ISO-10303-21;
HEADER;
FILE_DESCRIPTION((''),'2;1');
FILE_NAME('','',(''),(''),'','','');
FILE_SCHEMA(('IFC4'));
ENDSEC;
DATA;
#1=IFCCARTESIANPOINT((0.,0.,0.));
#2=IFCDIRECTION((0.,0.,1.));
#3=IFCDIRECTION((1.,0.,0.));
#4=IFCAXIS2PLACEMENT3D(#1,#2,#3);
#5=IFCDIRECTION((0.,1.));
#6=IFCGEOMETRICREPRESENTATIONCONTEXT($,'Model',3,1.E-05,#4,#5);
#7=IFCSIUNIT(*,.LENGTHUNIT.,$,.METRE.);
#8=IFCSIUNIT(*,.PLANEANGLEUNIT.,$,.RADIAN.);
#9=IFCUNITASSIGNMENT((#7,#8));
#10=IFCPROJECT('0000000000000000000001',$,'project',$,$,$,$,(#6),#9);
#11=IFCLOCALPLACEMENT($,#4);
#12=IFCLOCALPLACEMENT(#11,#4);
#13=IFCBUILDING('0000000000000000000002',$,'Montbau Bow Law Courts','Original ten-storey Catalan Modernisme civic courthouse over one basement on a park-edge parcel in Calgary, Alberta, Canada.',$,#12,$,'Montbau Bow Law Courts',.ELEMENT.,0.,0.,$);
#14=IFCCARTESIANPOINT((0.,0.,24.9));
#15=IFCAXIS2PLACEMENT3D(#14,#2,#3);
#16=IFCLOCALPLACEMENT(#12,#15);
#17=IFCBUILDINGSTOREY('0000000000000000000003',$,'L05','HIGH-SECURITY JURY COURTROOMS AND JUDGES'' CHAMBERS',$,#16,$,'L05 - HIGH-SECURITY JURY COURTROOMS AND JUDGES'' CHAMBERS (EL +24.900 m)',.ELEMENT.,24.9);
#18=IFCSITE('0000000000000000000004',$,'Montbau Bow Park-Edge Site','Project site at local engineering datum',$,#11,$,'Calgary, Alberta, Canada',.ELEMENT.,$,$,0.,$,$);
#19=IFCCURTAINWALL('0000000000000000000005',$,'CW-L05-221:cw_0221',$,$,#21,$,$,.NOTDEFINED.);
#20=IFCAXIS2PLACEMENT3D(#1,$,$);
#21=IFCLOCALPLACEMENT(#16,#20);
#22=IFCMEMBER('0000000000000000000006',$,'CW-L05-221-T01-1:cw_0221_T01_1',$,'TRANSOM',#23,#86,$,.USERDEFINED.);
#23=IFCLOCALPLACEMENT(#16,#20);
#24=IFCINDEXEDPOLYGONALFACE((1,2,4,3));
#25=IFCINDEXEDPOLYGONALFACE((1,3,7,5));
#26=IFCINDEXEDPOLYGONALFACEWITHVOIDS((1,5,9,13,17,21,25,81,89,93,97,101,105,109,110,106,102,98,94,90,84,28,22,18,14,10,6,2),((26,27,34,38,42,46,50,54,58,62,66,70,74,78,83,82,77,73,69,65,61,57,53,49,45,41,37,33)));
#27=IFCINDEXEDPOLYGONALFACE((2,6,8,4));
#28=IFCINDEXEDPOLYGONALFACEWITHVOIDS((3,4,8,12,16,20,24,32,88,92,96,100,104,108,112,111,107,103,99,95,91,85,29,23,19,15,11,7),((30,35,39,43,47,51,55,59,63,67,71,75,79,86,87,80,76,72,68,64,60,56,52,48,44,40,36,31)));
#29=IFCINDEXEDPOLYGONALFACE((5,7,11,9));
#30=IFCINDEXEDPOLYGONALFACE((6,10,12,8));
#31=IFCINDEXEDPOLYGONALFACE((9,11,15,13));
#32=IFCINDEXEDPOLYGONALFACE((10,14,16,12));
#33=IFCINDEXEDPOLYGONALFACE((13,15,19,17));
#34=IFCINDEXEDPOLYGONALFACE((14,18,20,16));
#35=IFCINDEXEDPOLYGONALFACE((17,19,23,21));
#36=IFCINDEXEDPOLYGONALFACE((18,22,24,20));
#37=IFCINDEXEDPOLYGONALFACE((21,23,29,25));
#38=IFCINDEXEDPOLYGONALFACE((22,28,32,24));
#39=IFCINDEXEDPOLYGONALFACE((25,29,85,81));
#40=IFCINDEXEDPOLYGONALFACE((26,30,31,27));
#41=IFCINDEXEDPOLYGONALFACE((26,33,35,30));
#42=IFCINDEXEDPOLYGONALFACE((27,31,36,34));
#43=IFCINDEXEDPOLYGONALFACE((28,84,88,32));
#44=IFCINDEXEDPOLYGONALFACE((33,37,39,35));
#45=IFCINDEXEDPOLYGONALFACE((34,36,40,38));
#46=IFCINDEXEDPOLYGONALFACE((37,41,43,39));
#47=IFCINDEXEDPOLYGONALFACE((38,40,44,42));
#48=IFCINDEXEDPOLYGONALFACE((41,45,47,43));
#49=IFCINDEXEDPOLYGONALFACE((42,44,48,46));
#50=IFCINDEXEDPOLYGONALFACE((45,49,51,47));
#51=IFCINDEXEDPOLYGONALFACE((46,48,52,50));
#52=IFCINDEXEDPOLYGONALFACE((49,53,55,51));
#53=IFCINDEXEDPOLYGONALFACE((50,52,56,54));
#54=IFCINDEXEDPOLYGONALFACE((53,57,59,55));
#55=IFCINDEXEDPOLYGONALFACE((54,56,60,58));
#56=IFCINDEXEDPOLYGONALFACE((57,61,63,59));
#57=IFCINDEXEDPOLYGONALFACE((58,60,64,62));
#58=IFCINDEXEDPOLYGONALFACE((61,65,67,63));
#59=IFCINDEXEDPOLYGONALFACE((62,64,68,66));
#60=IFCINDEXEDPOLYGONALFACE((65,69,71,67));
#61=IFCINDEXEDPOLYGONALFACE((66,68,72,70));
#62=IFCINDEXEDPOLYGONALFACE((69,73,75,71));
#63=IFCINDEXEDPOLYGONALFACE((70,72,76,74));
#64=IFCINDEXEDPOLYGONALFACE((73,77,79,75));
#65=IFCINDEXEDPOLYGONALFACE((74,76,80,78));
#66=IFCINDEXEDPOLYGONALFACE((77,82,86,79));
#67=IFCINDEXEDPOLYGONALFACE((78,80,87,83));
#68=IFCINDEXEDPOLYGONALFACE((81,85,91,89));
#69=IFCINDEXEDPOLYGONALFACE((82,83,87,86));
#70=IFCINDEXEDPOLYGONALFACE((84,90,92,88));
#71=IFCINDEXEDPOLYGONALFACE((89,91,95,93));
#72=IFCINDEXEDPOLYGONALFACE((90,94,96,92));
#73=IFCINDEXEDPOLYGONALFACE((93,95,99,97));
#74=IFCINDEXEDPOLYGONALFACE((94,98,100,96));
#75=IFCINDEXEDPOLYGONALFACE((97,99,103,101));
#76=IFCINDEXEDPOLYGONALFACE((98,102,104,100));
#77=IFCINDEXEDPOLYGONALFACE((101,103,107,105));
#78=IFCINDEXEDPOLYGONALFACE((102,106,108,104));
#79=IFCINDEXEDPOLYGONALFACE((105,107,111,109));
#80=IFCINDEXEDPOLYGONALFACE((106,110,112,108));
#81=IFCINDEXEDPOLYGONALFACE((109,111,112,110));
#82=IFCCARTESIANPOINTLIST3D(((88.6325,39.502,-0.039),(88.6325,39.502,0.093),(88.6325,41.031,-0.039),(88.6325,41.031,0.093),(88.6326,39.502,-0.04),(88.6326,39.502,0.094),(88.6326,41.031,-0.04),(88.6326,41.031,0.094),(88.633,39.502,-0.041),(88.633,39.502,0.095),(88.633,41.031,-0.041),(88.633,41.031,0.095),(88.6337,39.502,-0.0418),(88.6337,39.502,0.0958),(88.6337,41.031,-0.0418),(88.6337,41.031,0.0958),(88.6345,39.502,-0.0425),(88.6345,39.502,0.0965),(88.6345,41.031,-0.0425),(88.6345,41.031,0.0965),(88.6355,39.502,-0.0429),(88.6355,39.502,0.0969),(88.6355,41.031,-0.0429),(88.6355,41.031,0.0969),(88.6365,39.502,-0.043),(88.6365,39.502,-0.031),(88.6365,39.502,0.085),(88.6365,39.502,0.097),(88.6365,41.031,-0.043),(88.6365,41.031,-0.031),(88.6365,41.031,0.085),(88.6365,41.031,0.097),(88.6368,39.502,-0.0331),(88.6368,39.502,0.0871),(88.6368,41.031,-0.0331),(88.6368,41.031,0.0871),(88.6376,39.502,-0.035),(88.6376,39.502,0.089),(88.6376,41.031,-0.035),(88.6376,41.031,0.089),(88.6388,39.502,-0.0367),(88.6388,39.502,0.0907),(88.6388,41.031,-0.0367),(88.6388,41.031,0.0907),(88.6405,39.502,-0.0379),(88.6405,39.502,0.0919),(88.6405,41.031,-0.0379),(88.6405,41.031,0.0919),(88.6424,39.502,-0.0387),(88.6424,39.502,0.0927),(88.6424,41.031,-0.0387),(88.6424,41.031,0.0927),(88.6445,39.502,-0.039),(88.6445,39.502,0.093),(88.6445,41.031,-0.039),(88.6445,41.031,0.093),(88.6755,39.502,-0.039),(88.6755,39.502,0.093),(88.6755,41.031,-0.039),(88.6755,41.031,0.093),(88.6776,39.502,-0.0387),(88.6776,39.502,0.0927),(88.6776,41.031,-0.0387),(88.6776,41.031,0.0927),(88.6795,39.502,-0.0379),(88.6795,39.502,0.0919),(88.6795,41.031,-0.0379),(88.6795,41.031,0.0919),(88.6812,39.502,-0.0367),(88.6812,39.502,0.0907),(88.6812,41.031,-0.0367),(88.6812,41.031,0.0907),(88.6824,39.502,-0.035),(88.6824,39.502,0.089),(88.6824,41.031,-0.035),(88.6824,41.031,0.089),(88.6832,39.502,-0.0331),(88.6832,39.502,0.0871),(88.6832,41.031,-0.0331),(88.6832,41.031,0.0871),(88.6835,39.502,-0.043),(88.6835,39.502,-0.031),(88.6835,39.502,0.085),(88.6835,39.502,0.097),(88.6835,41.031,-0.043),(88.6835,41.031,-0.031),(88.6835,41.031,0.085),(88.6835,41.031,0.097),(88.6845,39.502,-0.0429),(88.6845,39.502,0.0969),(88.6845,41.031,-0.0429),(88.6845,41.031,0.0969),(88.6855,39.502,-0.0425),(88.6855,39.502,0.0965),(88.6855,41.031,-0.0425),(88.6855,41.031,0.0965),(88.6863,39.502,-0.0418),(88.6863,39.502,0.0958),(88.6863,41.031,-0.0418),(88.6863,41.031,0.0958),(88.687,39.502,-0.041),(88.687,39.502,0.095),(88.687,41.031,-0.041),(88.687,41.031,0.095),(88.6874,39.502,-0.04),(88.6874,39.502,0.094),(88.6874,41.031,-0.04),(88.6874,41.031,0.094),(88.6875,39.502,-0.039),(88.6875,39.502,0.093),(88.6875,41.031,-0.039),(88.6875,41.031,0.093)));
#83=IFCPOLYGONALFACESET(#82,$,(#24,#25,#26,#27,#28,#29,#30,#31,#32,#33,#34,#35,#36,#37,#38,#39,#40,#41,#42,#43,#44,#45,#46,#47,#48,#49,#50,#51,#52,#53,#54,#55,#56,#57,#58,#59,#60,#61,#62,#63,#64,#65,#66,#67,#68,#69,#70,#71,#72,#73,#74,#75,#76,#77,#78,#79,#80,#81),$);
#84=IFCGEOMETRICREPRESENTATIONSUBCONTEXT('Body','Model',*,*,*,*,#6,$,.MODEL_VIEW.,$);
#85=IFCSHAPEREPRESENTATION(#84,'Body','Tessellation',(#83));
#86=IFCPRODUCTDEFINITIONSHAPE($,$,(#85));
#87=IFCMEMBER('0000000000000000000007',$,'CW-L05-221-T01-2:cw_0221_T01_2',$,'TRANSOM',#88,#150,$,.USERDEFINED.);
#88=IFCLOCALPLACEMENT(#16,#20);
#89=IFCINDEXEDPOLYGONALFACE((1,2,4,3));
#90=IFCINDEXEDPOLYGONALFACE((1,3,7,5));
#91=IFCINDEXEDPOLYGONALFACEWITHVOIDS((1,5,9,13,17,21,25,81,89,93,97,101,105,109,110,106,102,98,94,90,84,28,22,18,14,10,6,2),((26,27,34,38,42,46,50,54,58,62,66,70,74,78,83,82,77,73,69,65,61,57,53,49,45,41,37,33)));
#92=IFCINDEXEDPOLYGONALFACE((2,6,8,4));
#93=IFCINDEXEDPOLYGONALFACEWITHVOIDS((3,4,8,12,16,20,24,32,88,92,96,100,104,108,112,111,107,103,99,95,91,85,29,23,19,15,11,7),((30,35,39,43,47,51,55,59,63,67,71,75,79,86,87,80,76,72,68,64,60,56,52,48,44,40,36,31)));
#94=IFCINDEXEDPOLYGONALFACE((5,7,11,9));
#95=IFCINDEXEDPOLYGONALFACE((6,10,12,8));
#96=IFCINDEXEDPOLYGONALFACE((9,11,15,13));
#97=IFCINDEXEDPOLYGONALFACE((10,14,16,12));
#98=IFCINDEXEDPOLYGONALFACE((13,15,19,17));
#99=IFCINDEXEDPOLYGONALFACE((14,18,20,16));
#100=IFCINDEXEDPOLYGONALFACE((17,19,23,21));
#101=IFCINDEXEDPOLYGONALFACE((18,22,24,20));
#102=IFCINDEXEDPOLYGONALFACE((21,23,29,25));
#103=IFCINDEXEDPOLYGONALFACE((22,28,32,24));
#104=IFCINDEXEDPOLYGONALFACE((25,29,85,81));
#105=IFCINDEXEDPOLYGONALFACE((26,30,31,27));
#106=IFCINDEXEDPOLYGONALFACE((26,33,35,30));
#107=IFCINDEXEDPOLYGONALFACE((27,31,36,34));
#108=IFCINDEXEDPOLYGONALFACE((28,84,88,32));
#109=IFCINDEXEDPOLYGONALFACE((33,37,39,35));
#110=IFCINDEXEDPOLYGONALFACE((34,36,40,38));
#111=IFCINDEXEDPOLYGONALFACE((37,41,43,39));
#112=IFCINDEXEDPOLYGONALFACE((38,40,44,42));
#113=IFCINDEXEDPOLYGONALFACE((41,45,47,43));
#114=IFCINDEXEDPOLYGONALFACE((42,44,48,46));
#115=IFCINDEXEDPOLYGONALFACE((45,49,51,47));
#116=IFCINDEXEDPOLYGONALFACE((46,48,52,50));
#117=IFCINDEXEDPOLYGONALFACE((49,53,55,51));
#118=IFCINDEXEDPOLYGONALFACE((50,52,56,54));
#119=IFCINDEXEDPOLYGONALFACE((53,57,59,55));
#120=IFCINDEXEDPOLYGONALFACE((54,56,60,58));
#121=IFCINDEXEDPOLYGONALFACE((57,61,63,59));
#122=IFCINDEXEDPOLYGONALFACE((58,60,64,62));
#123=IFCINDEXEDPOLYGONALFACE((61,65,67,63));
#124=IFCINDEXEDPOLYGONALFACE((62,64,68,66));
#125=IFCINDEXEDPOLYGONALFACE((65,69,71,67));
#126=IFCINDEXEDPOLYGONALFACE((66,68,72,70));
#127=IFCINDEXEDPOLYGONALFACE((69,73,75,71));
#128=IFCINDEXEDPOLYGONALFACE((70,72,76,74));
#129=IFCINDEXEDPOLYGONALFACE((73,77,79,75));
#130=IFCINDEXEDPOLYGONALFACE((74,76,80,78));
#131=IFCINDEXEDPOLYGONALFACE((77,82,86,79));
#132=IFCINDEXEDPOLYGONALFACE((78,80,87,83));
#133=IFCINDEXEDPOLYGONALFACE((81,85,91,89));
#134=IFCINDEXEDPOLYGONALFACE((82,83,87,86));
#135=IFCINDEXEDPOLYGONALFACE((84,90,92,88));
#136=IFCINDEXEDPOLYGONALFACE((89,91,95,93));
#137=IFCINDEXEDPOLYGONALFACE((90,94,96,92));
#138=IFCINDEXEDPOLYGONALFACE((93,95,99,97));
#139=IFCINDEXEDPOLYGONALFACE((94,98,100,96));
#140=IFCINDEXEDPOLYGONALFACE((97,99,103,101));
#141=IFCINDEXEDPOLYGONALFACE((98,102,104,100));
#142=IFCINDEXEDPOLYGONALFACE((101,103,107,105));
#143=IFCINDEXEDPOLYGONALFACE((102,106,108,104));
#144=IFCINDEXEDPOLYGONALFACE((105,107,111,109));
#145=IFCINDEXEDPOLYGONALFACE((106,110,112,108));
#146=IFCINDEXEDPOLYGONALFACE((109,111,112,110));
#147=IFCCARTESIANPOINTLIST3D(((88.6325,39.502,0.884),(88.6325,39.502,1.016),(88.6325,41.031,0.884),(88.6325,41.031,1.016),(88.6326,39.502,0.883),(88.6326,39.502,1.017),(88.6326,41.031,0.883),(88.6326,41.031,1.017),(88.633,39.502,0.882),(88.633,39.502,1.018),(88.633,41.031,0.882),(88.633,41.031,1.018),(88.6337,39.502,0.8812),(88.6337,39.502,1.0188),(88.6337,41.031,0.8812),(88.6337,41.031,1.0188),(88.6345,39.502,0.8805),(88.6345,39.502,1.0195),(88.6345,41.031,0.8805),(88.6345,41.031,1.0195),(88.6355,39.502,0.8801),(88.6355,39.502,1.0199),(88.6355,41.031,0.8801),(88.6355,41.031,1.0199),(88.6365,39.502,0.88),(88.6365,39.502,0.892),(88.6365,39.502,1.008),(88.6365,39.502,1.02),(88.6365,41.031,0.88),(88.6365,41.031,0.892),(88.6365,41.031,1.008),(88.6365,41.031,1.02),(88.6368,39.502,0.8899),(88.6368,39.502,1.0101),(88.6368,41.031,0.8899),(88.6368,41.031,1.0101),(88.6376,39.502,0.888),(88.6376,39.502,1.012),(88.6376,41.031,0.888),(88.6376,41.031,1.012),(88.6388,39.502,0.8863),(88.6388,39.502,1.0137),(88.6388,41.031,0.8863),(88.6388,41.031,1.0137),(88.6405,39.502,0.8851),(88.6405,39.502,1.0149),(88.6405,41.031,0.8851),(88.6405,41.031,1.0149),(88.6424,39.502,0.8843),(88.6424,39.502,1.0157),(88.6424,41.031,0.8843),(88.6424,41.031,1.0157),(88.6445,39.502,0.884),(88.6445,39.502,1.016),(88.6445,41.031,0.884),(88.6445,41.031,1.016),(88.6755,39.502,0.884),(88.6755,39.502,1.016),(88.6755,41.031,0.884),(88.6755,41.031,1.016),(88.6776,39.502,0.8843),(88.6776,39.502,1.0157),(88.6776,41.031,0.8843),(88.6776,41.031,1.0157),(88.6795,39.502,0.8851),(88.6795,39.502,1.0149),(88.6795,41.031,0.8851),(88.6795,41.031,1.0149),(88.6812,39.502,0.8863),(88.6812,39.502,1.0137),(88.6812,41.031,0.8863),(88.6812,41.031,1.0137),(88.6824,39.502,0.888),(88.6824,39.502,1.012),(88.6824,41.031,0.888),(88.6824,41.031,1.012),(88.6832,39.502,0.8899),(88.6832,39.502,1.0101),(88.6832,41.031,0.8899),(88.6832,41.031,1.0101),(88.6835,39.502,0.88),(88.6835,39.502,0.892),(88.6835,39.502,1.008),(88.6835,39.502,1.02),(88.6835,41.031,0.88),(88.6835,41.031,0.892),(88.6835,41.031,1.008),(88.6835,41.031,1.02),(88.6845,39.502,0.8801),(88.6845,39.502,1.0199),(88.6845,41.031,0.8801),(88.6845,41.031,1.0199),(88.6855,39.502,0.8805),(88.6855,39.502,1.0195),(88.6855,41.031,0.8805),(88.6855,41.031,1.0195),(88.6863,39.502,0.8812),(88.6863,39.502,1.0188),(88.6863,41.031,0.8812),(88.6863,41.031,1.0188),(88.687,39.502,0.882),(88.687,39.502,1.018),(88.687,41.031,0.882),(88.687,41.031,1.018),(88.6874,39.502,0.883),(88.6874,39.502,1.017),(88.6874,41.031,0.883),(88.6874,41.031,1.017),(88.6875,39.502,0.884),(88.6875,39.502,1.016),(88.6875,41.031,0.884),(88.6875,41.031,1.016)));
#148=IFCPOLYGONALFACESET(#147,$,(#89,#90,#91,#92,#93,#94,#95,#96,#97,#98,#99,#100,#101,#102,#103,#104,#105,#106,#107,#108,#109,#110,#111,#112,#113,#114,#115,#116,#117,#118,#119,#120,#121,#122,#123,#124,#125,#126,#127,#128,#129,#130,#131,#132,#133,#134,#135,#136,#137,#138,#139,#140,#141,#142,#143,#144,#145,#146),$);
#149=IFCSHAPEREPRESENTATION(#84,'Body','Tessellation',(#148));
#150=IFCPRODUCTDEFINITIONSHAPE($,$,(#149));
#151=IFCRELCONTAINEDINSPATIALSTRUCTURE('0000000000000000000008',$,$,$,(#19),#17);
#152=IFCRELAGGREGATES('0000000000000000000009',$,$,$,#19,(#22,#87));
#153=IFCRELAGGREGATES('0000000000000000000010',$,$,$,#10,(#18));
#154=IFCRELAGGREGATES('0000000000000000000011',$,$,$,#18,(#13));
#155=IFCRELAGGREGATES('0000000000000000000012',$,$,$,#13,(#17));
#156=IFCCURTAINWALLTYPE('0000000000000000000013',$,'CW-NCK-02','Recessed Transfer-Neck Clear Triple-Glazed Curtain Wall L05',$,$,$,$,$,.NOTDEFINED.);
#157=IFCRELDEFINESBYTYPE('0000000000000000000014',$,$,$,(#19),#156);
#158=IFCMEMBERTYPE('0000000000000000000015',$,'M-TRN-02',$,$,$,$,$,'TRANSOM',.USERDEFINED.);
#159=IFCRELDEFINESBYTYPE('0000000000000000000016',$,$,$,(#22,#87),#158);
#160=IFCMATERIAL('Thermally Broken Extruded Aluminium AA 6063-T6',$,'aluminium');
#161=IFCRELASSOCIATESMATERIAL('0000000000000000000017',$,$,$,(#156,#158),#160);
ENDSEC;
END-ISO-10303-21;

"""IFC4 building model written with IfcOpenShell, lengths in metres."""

from ifc_helpers import new_model, si_unit, direction, frame, origin_with_axes, origin_2d_with_axis, place, context, subcontext, project, spatial, hollow_rectangle, extrude, material, material_profile, profile_set, type_object, element, aggregate, save


model = new_model("IFC4")

# Units and contexts
model_context = context("Model", 3, precision=1e-05, world=origin_with_axes(), true_north=direction((0.0, 1.0)))
body_context = subcontext(model_context, "Body", "Model", "MODEL_VIEW")
ifc_project = project(units=[si_unit("LENGTHUNIT", "METRE"), si_unit("PLANEANGLEUNIT", "RADIAN")], contexts=[model_context])

# Site, building, storey
site_placement = place(None, origin_with_axes())
site = spatial("IfcSite", under=ifc_project, at=site_placement, Name="Montbau Bow Park-Edge Site", Description="Project site at local engineering datum", LongName="Calgary, Alberta, Canada", CompositionType="ELEMENT", RefElevation=0.0)
building_placement = place(site_placement, origin_with_axes())
building = spatial("IfcBuilding", under=site, at=building_placement, Name="Montbau Bow Law Courts", Description="Original ten-storey Catalan Modernisme civic courthouse over one basement on a park-edge parcel in Calgary, Alberta, Canada.", LongName="Montbau Bow Law Courts", CompositionType="ELEMENT", ElevationOfRefHeight=0.0, ElevationOfTerrain=0.0)
storey_placement = place(building_placement, frame((0.0, 0.0, 24.9), z_axis=(0.0, 0.0, 1.0), x_axis=(1.0, 0.0, 0.0)))
storey = spatial("IfcBuildingStorey", under=building, at=storey_placement, Name="L05", Description="HIGH-SECURITY JURY COURTROOMS AND JUDGES' CHAMBERS", LongName="L05 - HIGH-SECURITY JURY COURTROOMS AND JUDGES' CHAMBERS (EL +24.900 m)", CompositionType="ELEMENT", Elevation=24.9)

# Shared definitions
ifc_material_1 = material(Name="Thermally Broken Extruded Aluminium AA 6063-T6", Category="aluminium")
curtain_wall_type = type_object("IfcCurtainWallType", Name="CW-NCK-02", Description="Recessed Transfer-Neck Clear Triple-Glazed Curtain Wall L05", PredefinedType="NOTDEFINED", material=ifc_material_1)

# Curtain wall
curtain_wall_1_placement = place(None, frame((88.66, 39.44, 24.9), z_axis=(0.0, 0.0, 1.0), x_axis=(1.0, 0.0, 0.0)))
curtain_wall_1 = element("IfcCurtainWall", 1, at=curtain_wall_1_placement, inside=storey, type_object=curtain_wall_type, Name="CW-L05-221:cw_0221", PredefinedType="NOTDEFINED")

# Members
ifc_material_profile_1 = material_profile(ifc_material_1, hollow_rectangle(XDim=0.055, YDim=0.14, WallThickness=0.004, InnerFilletRadius=0.008, OuterFilletRadius=0.004, at=origin_2d_with_axis()), Name="CWT-140X55", Category="Main", Priority=0)
ifc_profile_set_1 = profile_set([ifc_material_profile_1], Name="Thermally Broken Extruded Aluminium AA 6063-T6")
member_type_1 = type_object("IfcMemberType", Name="M-TRN-02", ElementType="TRANSOM", PredefinedType="USERDEFINED", material=ifc_profile_set_1)
member_1_placement = place(None, frame((88.66, 39.502, 24.927), z_axis=(0.0, 1.0, 0.0), x_axis=(-1.0, 0.0, 0.0)))
member_1 = element("IfcMember", 2, at=member_1_placement, type_object=member_type_1, Name="CW-L05-221-T01-1:cw_0221_T01_1", ObjectType="TRANSOM", PredefinedType="USERDEFINED", context=body_context, shape_type="SweptSolid", body=[
    extrude(hollow_rectangle(XDim=0.055, YDim=0.14, WallThickness=0.004, InnerFilletRadius=0.008, OuterFilletRadius=0.004, at=origin_2d_with_axis()), origin_with_axes(), (0.0, 0.0, 1.0), 1.529),
])
member_2_placement = place(None, frame((88.66, 39.502, 25.85), z_axis=(0.0, 1.0, 0.0), x_axis=(-1.0, 0.0, 0.0)))
member_2 = element("IfcMember", 3, at=member_2_placement, type_object=member_type_1, Name="CW-L05-221-T01-2:cw_0221_T01_2", ObjectType="TRANSOM", PredefinedType="USERDEFINED", context=body_context, shape_type="SweptSolid", body=[
    extrude(hollow_rectangle(XDim=0.055, YDim=0.14, WallThickness=0.004, InnerFilletRadius=0.008, OuterFilletRadius=0.004, at=origin_2d_with_axis()), origin_with_axes(), (0.0, 0.0, 1.0), 1.529),
])

aggregate(curtain_wall_1, [member_1, member_2])

save(model, "model.ifc")
